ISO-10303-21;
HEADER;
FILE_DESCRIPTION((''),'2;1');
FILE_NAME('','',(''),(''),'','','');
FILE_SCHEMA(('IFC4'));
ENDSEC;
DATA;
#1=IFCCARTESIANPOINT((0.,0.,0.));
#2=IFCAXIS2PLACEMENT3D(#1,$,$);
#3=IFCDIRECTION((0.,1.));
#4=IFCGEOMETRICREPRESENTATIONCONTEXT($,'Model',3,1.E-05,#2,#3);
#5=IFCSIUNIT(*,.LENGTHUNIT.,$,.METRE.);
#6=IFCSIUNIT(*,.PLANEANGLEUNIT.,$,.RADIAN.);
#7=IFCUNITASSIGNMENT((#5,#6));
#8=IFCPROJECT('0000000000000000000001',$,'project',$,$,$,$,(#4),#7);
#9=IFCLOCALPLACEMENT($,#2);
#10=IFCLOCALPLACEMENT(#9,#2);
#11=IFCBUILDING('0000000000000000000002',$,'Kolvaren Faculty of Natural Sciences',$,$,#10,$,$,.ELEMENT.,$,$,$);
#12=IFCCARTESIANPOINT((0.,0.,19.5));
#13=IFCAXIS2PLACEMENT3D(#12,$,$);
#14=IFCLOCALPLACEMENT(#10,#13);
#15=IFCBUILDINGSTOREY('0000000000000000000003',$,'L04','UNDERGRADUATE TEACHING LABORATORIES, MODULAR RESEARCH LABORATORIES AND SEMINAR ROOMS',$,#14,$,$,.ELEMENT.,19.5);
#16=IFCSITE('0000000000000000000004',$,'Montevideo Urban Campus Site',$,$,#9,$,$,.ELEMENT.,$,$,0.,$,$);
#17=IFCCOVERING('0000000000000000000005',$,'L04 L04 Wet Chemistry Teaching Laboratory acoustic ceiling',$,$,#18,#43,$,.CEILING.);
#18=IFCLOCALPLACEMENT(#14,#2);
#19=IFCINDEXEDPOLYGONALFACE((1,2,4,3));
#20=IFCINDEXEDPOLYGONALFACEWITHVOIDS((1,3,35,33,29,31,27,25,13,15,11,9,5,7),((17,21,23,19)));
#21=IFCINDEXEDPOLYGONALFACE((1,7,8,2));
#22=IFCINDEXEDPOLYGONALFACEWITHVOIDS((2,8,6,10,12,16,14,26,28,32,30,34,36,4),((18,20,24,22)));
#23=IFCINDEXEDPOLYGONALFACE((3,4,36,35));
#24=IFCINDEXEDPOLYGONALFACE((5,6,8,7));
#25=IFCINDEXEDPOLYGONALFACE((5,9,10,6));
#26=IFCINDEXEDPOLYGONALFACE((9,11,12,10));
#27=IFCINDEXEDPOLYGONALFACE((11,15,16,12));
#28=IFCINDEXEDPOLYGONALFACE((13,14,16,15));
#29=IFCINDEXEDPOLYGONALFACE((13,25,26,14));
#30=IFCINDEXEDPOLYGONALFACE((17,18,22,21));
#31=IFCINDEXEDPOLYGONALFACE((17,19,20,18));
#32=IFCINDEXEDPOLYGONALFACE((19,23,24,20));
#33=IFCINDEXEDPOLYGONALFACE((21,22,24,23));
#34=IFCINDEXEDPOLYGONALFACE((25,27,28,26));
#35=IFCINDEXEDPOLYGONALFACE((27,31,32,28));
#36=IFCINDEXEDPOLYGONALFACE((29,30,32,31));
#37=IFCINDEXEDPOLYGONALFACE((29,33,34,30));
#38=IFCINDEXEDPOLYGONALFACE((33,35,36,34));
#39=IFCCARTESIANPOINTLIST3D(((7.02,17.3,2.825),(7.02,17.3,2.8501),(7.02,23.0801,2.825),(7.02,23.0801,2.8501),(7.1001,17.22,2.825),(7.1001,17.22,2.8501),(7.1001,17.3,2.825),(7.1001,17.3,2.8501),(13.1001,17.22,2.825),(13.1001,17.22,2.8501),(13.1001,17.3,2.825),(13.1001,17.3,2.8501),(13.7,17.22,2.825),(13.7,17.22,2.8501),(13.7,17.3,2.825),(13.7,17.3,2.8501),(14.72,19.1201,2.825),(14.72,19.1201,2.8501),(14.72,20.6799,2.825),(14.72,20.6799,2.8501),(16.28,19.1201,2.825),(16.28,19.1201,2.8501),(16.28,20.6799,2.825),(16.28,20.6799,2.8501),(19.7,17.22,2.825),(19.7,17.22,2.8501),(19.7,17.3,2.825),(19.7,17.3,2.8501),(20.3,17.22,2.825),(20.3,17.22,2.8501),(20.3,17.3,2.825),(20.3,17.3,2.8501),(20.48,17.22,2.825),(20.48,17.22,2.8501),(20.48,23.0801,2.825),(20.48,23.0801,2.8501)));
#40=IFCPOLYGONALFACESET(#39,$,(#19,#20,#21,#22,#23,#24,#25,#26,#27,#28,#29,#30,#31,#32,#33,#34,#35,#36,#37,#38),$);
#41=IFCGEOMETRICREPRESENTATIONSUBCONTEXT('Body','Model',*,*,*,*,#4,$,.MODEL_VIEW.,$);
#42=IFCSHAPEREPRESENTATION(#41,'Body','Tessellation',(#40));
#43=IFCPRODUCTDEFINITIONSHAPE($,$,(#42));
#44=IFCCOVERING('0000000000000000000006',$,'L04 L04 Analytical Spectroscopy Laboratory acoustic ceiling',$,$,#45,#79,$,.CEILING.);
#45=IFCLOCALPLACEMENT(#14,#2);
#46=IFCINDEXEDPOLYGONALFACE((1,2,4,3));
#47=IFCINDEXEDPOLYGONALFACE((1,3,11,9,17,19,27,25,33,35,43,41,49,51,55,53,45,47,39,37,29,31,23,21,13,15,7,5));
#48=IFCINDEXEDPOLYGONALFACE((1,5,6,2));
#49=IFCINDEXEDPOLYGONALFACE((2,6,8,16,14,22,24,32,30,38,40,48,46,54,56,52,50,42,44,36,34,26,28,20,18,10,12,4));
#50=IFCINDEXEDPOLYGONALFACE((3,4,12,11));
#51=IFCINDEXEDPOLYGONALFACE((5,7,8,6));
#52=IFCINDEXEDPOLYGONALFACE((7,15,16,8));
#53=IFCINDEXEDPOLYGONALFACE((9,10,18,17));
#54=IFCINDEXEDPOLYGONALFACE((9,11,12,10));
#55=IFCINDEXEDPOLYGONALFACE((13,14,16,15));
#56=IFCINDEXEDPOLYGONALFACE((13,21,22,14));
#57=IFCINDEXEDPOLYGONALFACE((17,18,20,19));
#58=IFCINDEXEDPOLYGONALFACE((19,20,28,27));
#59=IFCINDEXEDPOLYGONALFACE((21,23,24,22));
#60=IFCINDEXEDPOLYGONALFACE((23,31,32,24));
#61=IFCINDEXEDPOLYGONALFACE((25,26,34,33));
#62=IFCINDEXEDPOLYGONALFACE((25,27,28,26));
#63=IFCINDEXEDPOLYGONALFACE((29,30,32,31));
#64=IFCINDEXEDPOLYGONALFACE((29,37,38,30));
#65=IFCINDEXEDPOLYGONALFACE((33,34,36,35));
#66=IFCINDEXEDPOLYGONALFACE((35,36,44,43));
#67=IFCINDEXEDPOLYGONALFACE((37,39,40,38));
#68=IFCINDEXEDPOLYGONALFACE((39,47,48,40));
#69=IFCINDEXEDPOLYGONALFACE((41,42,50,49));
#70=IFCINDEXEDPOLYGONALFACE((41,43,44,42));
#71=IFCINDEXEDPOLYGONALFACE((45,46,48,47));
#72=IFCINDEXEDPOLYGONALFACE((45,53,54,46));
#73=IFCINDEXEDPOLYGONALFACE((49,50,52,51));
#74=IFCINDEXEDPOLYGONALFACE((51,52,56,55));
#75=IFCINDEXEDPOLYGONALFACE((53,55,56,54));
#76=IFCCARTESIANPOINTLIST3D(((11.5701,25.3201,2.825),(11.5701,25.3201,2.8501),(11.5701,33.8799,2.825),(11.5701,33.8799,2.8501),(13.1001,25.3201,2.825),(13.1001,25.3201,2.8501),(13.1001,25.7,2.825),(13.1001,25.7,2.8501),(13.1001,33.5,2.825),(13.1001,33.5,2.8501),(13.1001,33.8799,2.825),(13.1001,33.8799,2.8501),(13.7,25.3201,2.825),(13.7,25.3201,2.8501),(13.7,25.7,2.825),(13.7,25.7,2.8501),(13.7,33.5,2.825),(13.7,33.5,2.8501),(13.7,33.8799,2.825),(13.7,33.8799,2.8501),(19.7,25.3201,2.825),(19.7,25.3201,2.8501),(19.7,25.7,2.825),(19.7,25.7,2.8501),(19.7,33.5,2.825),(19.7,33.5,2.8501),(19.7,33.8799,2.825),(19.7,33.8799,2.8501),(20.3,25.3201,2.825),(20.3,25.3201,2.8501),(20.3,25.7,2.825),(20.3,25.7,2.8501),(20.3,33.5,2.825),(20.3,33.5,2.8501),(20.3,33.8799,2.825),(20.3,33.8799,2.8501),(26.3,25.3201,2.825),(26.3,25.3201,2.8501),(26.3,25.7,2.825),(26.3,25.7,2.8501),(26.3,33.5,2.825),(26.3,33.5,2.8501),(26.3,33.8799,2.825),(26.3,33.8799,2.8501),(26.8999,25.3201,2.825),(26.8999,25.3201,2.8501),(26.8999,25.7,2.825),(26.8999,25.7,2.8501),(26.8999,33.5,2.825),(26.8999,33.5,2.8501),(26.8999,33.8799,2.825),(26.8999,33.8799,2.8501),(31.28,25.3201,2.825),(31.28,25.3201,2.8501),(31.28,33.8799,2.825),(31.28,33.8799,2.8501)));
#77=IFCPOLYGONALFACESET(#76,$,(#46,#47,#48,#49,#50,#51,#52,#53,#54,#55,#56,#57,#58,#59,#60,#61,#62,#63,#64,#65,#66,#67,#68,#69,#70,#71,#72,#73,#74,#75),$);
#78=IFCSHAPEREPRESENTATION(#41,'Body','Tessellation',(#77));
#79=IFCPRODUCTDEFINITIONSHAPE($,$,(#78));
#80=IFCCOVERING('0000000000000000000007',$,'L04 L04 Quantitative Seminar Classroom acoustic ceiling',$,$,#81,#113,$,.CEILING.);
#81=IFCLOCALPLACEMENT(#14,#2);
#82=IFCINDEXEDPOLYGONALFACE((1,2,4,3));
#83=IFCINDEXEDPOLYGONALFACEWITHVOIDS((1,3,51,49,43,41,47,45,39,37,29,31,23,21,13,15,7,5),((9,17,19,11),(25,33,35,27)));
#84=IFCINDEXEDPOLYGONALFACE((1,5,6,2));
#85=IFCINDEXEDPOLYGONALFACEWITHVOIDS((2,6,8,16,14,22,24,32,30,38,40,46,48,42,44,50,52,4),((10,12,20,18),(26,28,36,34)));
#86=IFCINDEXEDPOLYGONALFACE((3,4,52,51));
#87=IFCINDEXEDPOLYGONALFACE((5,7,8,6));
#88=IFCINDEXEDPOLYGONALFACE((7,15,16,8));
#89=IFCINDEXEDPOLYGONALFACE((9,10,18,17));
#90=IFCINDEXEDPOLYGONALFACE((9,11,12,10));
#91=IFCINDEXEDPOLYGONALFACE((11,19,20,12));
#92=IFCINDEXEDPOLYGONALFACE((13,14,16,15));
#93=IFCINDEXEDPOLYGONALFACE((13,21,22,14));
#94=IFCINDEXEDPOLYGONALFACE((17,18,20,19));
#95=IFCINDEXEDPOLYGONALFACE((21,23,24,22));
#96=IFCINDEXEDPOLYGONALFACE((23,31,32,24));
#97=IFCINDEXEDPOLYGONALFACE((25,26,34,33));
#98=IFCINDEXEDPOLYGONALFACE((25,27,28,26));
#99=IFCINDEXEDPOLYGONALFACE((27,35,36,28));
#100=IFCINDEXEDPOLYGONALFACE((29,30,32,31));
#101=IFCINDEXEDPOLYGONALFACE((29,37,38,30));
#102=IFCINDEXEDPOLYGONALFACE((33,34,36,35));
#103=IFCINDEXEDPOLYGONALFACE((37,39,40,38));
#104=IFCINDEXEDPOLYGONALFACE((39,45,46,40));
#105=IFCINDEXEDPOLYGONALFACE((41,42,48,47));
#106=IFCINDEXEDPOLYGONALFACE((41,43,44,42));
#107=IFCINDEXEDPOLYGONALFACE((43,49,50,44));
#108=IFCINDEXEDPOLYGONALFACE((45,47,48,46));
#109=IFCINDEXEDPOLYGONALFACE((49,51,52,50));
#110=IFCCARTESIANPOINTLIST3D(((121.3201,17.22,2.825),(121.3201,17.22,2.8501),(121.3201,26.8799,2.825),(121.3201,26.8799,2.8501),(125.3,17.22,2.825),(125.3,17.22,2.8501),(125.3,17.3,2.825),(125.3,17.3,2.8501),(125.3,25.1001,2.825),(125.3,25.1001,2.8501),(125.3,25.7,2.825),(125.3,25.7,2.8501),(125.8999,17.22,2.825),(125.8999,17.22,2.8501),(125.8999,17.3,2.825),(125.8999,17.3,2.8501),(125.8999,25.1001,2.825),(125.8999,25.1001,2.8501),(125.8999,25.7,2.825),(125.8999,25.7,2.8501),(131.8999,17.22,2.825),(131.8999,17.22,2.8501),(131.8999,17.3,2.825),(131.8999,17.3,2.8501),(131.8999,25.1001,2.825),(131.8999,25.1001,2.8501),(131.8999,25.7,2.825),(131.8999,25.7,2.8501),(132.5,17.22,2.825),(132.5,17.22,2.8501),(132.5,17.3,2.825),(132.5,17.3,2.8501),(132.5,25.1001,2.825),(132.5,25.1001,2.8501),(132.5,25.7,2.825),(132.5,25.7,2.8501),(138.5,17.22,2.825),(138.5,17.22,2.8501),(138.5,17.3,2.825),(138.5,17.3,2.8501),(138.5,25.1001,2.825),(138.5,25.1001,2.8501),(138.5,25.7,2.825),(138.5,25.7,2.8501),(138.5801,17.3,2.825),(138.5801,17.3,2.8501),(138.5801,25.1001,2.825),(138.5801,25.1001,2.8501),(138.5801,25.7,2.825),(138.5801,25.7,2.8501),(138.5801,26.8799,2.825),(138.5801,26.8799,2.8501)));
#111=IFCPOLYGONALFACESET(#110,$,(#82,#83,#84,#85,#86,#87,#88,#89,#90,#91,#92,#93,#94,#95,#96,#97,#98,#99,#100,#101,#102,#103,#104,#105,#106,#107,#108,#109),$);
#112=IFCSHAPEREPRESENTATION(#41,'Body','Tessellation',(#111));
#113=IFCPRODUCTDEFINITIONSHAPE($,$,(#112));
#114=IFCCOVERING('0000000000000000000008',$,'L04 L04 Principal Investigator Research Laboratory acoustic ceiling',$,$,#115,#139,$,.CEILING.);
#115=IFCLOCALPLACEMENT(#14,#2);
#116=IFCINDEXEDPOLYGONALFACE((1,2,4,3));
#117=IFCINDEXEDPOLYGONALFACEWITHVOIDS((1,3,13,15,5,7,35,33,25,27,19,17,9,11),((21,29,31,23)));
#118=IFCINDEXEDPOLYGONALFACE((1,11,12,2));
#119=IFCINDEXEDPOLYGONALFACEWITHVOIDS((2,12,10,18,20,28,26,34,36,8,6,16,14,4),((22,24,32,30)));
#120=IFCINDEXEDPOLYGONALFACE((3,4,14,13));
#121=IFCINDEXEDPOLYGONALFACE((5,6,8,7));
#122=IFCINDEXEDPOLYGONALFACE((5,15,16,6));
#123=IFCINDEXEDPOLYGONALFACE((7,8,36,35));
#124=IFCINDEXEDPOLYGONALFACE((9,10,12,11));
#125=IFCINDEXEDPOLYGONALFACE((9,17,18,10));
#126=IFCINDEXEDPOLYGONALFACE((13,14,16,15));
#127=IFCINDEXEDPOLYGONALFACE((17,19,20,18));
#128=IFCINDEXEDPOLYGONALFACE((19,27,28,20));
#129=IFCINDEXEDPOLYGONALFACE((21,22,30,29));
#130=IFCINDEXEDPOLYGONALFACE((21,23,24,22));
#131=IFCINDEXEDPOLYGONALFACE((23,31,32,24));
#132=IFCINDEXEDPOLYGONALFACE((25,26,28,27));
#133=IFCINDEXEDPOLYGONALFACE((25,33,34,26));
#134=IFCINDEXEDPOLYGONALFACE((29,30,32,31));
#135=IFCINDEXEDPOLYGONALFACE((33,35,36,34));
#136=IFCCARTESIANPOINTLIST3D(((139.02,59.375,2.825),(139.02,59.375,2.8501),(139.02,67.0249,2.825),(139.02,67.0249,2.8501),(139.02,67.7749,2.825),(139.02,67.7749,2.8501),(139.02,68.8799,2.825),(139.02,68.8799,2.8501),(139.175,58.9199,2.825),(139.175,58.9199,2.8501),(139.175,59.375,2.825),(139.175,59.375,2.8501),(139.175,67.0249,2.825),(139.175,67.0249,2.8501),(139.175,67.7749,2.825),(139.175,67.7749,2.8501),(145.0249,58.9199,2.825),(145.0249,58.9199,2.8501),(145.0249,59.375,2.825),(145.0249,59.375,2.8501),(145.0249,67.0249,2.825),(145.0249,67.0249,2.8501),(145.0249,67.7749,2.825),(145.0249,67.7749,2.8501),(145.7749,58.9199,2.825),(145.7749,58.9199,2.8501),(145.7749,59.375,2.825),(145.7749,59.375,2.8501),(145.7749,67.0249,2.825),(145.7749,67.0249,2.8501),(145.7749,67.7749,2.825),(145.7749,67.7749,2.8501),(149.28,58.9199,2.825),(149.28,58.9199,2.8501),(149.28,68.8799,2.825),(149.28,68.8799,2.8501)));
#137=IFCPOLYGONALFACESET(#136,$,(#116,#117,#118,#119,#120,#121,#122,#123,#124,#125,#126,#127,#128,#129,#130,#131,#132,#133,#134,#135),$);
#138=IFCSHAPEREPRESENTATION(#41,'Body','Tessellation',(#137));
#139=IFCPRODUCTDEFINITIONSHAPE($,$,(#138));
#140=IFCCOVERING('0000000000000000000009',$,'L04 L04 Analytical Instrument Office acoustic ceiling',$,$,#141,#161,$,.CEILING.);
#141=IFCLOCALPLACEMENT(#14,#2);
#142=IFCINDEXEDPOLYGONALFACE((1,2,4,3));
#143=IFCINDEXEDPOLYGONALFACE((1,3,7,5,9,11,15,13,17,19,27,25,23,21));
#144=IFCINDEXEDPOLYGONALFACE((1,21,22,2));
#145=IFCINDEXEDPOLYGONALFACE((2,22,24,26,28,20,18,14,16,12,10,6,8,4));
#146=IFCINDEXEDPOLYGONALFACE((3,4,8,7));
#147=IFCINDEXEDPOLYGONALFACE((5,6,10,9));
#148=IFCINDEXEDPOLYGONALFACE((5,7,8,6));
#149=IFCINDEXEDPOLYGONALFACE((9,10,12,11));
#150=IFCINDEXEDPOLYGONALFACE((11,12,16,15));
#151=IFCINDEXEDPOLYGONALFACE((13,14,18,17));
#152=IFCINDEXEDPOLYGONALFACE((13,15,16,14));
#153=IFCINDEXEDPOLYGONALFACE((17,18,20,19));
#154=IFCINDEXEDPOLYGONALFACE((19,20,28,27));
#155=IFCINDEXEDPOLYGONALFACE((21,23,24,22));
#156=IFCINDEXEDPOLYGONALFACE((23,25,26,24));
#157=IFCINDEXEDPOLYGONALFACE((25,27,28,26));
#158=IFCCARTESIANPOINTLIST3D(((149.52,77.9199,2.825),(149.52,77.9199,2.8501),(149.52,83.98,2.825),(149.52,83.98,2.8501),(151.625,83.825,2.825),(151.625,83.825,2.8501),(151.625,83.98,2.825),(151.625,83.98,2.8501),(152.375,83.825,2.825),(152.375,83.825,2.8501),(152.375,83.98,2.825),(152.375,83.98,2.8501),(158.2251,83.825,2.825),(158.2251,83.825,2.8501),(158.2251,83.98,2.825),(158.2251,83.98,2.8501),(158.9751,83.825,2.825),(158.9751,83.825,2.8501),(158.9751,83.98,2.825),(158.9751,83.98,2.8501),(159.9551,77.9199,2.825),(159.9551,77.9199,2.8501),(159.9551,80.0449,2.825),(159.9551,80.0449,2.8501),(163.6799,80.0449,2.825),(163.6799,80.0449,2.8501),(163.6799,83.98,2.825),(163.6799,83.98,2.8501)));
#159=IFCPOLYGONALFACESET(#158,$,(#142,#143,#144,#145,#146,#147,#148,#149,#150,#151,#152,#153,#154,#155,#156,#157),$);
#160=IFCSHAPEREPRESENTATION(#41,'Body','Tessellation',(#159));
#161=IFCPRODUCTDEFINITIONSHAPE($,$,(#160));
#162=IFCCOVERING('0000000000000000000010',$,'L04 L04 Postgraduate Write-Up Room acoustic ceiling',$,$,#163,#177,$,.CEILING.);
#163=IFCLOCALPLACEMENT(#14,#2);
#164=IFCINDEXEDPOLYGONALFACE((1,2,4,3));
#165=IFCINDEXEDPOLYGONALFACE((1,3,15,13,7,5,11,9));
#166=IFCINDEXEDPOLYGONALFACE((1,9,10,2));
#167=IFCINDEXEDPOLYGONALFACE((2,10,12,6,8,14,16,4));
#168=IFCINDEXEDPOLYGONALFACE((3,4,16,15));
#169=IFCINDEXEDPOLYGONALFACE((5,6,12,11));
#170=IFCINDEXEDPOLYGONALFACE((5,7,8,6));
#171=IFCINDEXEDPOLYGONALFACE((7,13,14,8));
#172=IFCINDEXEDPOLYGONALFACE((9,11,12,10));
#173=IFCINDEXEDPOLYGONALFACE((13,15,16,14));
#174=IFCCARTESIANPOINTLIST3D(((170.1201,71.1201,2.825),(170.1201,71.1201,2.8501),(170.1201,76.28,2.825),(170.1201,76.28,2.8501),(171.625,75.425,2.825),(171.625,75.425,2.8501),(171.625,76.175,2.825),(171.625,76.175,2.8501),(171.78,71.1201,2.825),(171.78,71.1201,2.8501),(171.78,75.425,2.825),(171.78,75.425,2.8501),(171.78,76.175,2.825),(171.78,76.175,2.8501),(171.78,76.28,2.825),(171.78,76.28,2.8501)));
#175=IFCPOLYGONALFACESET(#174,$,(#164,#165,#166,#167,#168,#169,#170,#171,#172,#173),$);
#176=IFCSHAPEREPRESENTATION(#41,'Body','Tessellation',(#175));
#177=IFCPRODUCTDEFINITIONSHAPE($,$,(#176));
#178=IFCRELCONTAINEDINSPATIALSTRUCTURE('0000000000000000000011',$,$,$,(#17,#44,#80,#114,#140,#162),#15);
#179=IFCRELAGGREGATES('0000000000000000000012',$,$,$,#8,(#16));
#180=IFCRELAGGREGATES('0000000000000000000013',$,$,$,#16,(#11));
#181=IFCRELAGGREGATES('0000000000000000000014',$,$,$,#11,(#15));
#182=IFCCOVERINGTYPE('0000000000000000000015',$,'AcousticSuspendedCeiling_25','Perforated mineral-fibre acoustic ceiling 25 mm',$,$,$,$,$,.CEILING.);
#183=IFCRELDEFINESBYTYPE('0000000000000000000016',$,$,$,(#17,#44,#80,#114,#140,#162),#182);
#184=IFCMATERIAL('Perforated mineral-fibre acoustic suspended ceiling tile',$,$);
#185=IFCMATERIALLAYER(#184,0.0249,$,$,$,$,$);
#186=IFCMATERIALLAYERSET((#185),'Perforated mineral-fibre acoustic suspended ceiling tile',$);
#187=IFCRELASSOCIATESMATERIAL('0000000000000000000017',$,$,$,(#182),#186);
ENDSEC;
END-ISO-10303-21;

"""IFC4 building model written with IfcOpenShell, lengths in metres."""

from ifc_helpers import new_model, si_unit, direction, frame, origin, place, context, subcontext, project, spatial, polyline, outline, extrude, material, layer, layer_set, type_object, element, save


model = new_model("IFC4")

# Units and contexts
model_context = context("Model", 3, precision=1e-05, world=origin(), true_north=direction((0.0, 1.0)))
body_context = subcontext(model_context, "Body", "Model", "MODEL_VIEW")
ifc_project = project(units=[si_unit("LENGTHUNIT", "METRE"), si_unit("PLANEANGLEUNIT", "RADIAN")], contexts=[model_context])

# Site, building, storey
site_placement = place(None, origin())
site = spatial("IfcSite", under=ifc_project, at=site_placement, Name="Montevideo Urban Campus Site", CompositionType="ELEMENT", RefElevation=0.0)
building_placement = place(site_placement, origin())
building = spatial("IfcBuilding", under=site, at=building_placement, Name="Kolvaren Faculty of Natural Sciences", CompositionType="ELEMENT")
storey_placement = place(building_placement, frame((0.0, 0.0, 19.5)))
storey = spatial("IfcBuildingStorey", under=building, at=storey_placement, Name="L04", Description="UNDERGRADUATE TEACHING LABORATORIES, MODULAR RESEARCH LABORATORIES AND SEMINAR ROOMS", CompositionType="ELEMENT", Elevation=19.5)

# Coverings
ifc_material_1 = material(Name="Perforated mineral-fibre acoustic suspended ceiling tile")
ifc_layer_1 = layer(ifc_material_1, 0.0249)
ifc_layer_set_1 = layer_set([ifc_layer_1], Name="Perforated mineral-fibre acoustic suspended ceiling tile")
covering_type_1 = type_object("IfcCoveringType", Name="AcousticSuspendedCeiling_25", Description="Perforated mineral-fibre acoustic ceiling 25 mm", PredefinedType="CEILING", material=ifc_layer_set_1)
covering_1_placement = place(storey_placement, frame((0.0, 0.0, 2.825)))
element("IfcCovering", 1, at=covering_1_placement, inside=storey, type_object=covering_type_1, Name="L04 L04 Wet Chemistry Teaching Laboratory acoustic ceiling", PredefinedType="CEILING", context=body_context, shape_type="SweptSolid", body=[
    extrude(outline(polyline([(7.02, 23.0801), (20.48, 23.0801), (20.48, 17.22), (20.3, 17.22), (20.3, 17.3), (19.7, 17.3), (19.7, 17.22), (13.7, 17.22), (13.7, 17.3), (13.1001, 17.3), (13.1001, 17.22), (7.1001, 17.22), (7.1001, 17.3), (7.02, 17.3), (7.02, 23.0801)]), holes=[polyline([(16.28, 19.1201), (16.28, 20.6799), (14.72, 20.6799), (14.72, 19.1201), (16.28, 19.1201)])]), origin(), (0.0, 0.0, 1.0), 0.0251),
])
covering_2_placement = place(storey_placement, frame((0.0, 0.0, 2.825)))
element("IfcCovering", 2, at=covering_2_placement, inside=storey, type_object=covering_type_1, Name="L04 L04 Analytical Spectroscopy Laboratory acoustic ceiling", PredefinedType="CEILING", context=body_context, shape_type="SweptSolid", body=[
    extrude(outline(polyline([(31.28, 25.3201), (26.8999, 25.3201), (26.8999, 25.7), (26.3, 25.7), (26.3, 25.3201), (20.3, 25.3201), (20.3, 25.7), (19.7, 25.7), (19.7, 25.3201), (13.7, 25.3201), (13.7, 25.7), (13.1001, 25.7), (13.1001, 25.3201), (11.5701, 25.3201), (11.5701, 33.8799), (13.1001, 33.8799), (13.1001, 33.5), (13.7, 33.5), (13.7, 33.8799), (19.7, 33.8799), (19.7, 33.5), (20.3, 33.5), (20.3, 33.8799), (26.3, 33.8799), (26.3, 33.5), (26.8999, 33.5), (26.8999, 33.8799), (31.28, 33.8799), (31.28, 25.3201)])), origin(), (0.0, 0.0, 1.0), 0.0251),
])
covering_3_placement = place(storey_placement, frame((0.0, 0.0, 2.825)))
element("IfcCovering", 3, at=covering_3_placement, inside=storey, type_object=covering_type_1, Name="L04 L04 Quantitative Seminar Classroom acoustic ceiling", PredefinedType="CEILING", context=body_context, shape_type="SweptSolid", body=[
    extrude(outline(polyline([(132.5, 17.22), (132.5, 17.3), (131.8999, 17.3), (131.8999, 17.22), (125.8999, 17.22), (125.8999, 17.3), (125.3, 17.3), (125.3, 17.22), (121.3201, 17.22), (121.3201, 26.8799), (138.5801, 26.8799), (138.5801, 25.7), (138.5, 25.7), (138.5, 25.1001), (138.5801, 25.1001), (138.5801, 17.3), (138.5, 17.3), (138.5, 17.22), (132.5, 17.22)]), holes=[polyline([(131.8999, 25.1001), (132.5, 25.1001), (132.5, 25.7), (131.8999, 25.7), (131.8999, 25.1001)]), polyline([(125.3, 25.1001), (125.8999, 25.1001), (125.8999, 25.7), (125.3, 25.7), (125.3, 25.1001)])]), origin(), (0.0, 0.0, 1.0), 0.0251),
])
covering_4_placement = place(storey_placement, frame((0.0, 0.0, 2.825)))
element("IfcCovering", 4, at=covering_4_placement, inside=storey, type_object=covering_type_1, Name="L04 L04 Principal Investigator Research Laboratory acoustic ceiling", PredefinedType="CEILING", context=body_context, shape_type="SweptSolid", body=[
    extrude(outline(polyline([(139.02, 67.0249), (139.175, 67.0249), (139.175, 67.7749), (139.02, 67.7749), (139.02, 68.8799), (149.28, 68.8799), (149.28, 58.9199), (145.7749, 58.9199), (145.7749, 59.375), (145.0249, 59.375), (145.0249, 58.9199), (139.175, 58.9199), (139.175, 59.375), (139.02, 59.375), (139.02, 67.0249)]), holes=[polyline([(145.0249, 67.0249), (145.7749, 67.0249), (145.7749, 67.7749), (145.0249, 67.7749), (145.0249, 67.0249)])]), origin(), (0.0, 0.0, 1.0), 0.0251),
])
covering_5_placement = place(storey_placement, frame((0.0, 0.0, 2.825)))
element("IfcCovering", 5, at=covering_5_placement, inside=storey, type_object=covering_type_1, Name="L04 L04 Analytical Instrument Office acoustic ceiling", PredefinedType="CEILING", context=body_context, shape_type="SweptSolid", body=[
    extrude(outline(polyline([(151.625, 83.98), (151.625, 83.825), (152.375, 83.825), (152.375, 83.98), (158.2251, 83.98), (158.2251, 83.825), (158.9751, 83.825), (158.9751, 83.98), (163.6799, 83.98), (163.6799, 80.0449), (159.9551, 80.0449), (159.9551, 77.9199), (149.52, 77.9199), (149.52, 83.98), (151.625, 83.98)])), origin(), (0.0, 0.0, 1.0), 0.0251),
])
covering_6_placement = place(storey_placement, frame((0.0, 0.0, 2.825)))
element("IfcCovering", 6, at=covering_6_placement, inside=storey, type_object=covering_type_1, Name="L04 L04 Postgraduate Write-Up Room acoustic ceiling", PredefinedType="CEILING", context=body_context, shape_type="SweptSolid", body=[
    extrude(outline(polyline([(171.78, 76.175), (171.625, 76.175), (171.625, 75.425), (171.78, 75.425), (171.78, 71.1201), (170.1201, 71.1201), (170.1201, 76.28), (171.78, 76.28), (171.78, 76.175)])), origin(), (0.0, 0.0, 1.0), 0.0251),
])

save(model, "model.ifc")
